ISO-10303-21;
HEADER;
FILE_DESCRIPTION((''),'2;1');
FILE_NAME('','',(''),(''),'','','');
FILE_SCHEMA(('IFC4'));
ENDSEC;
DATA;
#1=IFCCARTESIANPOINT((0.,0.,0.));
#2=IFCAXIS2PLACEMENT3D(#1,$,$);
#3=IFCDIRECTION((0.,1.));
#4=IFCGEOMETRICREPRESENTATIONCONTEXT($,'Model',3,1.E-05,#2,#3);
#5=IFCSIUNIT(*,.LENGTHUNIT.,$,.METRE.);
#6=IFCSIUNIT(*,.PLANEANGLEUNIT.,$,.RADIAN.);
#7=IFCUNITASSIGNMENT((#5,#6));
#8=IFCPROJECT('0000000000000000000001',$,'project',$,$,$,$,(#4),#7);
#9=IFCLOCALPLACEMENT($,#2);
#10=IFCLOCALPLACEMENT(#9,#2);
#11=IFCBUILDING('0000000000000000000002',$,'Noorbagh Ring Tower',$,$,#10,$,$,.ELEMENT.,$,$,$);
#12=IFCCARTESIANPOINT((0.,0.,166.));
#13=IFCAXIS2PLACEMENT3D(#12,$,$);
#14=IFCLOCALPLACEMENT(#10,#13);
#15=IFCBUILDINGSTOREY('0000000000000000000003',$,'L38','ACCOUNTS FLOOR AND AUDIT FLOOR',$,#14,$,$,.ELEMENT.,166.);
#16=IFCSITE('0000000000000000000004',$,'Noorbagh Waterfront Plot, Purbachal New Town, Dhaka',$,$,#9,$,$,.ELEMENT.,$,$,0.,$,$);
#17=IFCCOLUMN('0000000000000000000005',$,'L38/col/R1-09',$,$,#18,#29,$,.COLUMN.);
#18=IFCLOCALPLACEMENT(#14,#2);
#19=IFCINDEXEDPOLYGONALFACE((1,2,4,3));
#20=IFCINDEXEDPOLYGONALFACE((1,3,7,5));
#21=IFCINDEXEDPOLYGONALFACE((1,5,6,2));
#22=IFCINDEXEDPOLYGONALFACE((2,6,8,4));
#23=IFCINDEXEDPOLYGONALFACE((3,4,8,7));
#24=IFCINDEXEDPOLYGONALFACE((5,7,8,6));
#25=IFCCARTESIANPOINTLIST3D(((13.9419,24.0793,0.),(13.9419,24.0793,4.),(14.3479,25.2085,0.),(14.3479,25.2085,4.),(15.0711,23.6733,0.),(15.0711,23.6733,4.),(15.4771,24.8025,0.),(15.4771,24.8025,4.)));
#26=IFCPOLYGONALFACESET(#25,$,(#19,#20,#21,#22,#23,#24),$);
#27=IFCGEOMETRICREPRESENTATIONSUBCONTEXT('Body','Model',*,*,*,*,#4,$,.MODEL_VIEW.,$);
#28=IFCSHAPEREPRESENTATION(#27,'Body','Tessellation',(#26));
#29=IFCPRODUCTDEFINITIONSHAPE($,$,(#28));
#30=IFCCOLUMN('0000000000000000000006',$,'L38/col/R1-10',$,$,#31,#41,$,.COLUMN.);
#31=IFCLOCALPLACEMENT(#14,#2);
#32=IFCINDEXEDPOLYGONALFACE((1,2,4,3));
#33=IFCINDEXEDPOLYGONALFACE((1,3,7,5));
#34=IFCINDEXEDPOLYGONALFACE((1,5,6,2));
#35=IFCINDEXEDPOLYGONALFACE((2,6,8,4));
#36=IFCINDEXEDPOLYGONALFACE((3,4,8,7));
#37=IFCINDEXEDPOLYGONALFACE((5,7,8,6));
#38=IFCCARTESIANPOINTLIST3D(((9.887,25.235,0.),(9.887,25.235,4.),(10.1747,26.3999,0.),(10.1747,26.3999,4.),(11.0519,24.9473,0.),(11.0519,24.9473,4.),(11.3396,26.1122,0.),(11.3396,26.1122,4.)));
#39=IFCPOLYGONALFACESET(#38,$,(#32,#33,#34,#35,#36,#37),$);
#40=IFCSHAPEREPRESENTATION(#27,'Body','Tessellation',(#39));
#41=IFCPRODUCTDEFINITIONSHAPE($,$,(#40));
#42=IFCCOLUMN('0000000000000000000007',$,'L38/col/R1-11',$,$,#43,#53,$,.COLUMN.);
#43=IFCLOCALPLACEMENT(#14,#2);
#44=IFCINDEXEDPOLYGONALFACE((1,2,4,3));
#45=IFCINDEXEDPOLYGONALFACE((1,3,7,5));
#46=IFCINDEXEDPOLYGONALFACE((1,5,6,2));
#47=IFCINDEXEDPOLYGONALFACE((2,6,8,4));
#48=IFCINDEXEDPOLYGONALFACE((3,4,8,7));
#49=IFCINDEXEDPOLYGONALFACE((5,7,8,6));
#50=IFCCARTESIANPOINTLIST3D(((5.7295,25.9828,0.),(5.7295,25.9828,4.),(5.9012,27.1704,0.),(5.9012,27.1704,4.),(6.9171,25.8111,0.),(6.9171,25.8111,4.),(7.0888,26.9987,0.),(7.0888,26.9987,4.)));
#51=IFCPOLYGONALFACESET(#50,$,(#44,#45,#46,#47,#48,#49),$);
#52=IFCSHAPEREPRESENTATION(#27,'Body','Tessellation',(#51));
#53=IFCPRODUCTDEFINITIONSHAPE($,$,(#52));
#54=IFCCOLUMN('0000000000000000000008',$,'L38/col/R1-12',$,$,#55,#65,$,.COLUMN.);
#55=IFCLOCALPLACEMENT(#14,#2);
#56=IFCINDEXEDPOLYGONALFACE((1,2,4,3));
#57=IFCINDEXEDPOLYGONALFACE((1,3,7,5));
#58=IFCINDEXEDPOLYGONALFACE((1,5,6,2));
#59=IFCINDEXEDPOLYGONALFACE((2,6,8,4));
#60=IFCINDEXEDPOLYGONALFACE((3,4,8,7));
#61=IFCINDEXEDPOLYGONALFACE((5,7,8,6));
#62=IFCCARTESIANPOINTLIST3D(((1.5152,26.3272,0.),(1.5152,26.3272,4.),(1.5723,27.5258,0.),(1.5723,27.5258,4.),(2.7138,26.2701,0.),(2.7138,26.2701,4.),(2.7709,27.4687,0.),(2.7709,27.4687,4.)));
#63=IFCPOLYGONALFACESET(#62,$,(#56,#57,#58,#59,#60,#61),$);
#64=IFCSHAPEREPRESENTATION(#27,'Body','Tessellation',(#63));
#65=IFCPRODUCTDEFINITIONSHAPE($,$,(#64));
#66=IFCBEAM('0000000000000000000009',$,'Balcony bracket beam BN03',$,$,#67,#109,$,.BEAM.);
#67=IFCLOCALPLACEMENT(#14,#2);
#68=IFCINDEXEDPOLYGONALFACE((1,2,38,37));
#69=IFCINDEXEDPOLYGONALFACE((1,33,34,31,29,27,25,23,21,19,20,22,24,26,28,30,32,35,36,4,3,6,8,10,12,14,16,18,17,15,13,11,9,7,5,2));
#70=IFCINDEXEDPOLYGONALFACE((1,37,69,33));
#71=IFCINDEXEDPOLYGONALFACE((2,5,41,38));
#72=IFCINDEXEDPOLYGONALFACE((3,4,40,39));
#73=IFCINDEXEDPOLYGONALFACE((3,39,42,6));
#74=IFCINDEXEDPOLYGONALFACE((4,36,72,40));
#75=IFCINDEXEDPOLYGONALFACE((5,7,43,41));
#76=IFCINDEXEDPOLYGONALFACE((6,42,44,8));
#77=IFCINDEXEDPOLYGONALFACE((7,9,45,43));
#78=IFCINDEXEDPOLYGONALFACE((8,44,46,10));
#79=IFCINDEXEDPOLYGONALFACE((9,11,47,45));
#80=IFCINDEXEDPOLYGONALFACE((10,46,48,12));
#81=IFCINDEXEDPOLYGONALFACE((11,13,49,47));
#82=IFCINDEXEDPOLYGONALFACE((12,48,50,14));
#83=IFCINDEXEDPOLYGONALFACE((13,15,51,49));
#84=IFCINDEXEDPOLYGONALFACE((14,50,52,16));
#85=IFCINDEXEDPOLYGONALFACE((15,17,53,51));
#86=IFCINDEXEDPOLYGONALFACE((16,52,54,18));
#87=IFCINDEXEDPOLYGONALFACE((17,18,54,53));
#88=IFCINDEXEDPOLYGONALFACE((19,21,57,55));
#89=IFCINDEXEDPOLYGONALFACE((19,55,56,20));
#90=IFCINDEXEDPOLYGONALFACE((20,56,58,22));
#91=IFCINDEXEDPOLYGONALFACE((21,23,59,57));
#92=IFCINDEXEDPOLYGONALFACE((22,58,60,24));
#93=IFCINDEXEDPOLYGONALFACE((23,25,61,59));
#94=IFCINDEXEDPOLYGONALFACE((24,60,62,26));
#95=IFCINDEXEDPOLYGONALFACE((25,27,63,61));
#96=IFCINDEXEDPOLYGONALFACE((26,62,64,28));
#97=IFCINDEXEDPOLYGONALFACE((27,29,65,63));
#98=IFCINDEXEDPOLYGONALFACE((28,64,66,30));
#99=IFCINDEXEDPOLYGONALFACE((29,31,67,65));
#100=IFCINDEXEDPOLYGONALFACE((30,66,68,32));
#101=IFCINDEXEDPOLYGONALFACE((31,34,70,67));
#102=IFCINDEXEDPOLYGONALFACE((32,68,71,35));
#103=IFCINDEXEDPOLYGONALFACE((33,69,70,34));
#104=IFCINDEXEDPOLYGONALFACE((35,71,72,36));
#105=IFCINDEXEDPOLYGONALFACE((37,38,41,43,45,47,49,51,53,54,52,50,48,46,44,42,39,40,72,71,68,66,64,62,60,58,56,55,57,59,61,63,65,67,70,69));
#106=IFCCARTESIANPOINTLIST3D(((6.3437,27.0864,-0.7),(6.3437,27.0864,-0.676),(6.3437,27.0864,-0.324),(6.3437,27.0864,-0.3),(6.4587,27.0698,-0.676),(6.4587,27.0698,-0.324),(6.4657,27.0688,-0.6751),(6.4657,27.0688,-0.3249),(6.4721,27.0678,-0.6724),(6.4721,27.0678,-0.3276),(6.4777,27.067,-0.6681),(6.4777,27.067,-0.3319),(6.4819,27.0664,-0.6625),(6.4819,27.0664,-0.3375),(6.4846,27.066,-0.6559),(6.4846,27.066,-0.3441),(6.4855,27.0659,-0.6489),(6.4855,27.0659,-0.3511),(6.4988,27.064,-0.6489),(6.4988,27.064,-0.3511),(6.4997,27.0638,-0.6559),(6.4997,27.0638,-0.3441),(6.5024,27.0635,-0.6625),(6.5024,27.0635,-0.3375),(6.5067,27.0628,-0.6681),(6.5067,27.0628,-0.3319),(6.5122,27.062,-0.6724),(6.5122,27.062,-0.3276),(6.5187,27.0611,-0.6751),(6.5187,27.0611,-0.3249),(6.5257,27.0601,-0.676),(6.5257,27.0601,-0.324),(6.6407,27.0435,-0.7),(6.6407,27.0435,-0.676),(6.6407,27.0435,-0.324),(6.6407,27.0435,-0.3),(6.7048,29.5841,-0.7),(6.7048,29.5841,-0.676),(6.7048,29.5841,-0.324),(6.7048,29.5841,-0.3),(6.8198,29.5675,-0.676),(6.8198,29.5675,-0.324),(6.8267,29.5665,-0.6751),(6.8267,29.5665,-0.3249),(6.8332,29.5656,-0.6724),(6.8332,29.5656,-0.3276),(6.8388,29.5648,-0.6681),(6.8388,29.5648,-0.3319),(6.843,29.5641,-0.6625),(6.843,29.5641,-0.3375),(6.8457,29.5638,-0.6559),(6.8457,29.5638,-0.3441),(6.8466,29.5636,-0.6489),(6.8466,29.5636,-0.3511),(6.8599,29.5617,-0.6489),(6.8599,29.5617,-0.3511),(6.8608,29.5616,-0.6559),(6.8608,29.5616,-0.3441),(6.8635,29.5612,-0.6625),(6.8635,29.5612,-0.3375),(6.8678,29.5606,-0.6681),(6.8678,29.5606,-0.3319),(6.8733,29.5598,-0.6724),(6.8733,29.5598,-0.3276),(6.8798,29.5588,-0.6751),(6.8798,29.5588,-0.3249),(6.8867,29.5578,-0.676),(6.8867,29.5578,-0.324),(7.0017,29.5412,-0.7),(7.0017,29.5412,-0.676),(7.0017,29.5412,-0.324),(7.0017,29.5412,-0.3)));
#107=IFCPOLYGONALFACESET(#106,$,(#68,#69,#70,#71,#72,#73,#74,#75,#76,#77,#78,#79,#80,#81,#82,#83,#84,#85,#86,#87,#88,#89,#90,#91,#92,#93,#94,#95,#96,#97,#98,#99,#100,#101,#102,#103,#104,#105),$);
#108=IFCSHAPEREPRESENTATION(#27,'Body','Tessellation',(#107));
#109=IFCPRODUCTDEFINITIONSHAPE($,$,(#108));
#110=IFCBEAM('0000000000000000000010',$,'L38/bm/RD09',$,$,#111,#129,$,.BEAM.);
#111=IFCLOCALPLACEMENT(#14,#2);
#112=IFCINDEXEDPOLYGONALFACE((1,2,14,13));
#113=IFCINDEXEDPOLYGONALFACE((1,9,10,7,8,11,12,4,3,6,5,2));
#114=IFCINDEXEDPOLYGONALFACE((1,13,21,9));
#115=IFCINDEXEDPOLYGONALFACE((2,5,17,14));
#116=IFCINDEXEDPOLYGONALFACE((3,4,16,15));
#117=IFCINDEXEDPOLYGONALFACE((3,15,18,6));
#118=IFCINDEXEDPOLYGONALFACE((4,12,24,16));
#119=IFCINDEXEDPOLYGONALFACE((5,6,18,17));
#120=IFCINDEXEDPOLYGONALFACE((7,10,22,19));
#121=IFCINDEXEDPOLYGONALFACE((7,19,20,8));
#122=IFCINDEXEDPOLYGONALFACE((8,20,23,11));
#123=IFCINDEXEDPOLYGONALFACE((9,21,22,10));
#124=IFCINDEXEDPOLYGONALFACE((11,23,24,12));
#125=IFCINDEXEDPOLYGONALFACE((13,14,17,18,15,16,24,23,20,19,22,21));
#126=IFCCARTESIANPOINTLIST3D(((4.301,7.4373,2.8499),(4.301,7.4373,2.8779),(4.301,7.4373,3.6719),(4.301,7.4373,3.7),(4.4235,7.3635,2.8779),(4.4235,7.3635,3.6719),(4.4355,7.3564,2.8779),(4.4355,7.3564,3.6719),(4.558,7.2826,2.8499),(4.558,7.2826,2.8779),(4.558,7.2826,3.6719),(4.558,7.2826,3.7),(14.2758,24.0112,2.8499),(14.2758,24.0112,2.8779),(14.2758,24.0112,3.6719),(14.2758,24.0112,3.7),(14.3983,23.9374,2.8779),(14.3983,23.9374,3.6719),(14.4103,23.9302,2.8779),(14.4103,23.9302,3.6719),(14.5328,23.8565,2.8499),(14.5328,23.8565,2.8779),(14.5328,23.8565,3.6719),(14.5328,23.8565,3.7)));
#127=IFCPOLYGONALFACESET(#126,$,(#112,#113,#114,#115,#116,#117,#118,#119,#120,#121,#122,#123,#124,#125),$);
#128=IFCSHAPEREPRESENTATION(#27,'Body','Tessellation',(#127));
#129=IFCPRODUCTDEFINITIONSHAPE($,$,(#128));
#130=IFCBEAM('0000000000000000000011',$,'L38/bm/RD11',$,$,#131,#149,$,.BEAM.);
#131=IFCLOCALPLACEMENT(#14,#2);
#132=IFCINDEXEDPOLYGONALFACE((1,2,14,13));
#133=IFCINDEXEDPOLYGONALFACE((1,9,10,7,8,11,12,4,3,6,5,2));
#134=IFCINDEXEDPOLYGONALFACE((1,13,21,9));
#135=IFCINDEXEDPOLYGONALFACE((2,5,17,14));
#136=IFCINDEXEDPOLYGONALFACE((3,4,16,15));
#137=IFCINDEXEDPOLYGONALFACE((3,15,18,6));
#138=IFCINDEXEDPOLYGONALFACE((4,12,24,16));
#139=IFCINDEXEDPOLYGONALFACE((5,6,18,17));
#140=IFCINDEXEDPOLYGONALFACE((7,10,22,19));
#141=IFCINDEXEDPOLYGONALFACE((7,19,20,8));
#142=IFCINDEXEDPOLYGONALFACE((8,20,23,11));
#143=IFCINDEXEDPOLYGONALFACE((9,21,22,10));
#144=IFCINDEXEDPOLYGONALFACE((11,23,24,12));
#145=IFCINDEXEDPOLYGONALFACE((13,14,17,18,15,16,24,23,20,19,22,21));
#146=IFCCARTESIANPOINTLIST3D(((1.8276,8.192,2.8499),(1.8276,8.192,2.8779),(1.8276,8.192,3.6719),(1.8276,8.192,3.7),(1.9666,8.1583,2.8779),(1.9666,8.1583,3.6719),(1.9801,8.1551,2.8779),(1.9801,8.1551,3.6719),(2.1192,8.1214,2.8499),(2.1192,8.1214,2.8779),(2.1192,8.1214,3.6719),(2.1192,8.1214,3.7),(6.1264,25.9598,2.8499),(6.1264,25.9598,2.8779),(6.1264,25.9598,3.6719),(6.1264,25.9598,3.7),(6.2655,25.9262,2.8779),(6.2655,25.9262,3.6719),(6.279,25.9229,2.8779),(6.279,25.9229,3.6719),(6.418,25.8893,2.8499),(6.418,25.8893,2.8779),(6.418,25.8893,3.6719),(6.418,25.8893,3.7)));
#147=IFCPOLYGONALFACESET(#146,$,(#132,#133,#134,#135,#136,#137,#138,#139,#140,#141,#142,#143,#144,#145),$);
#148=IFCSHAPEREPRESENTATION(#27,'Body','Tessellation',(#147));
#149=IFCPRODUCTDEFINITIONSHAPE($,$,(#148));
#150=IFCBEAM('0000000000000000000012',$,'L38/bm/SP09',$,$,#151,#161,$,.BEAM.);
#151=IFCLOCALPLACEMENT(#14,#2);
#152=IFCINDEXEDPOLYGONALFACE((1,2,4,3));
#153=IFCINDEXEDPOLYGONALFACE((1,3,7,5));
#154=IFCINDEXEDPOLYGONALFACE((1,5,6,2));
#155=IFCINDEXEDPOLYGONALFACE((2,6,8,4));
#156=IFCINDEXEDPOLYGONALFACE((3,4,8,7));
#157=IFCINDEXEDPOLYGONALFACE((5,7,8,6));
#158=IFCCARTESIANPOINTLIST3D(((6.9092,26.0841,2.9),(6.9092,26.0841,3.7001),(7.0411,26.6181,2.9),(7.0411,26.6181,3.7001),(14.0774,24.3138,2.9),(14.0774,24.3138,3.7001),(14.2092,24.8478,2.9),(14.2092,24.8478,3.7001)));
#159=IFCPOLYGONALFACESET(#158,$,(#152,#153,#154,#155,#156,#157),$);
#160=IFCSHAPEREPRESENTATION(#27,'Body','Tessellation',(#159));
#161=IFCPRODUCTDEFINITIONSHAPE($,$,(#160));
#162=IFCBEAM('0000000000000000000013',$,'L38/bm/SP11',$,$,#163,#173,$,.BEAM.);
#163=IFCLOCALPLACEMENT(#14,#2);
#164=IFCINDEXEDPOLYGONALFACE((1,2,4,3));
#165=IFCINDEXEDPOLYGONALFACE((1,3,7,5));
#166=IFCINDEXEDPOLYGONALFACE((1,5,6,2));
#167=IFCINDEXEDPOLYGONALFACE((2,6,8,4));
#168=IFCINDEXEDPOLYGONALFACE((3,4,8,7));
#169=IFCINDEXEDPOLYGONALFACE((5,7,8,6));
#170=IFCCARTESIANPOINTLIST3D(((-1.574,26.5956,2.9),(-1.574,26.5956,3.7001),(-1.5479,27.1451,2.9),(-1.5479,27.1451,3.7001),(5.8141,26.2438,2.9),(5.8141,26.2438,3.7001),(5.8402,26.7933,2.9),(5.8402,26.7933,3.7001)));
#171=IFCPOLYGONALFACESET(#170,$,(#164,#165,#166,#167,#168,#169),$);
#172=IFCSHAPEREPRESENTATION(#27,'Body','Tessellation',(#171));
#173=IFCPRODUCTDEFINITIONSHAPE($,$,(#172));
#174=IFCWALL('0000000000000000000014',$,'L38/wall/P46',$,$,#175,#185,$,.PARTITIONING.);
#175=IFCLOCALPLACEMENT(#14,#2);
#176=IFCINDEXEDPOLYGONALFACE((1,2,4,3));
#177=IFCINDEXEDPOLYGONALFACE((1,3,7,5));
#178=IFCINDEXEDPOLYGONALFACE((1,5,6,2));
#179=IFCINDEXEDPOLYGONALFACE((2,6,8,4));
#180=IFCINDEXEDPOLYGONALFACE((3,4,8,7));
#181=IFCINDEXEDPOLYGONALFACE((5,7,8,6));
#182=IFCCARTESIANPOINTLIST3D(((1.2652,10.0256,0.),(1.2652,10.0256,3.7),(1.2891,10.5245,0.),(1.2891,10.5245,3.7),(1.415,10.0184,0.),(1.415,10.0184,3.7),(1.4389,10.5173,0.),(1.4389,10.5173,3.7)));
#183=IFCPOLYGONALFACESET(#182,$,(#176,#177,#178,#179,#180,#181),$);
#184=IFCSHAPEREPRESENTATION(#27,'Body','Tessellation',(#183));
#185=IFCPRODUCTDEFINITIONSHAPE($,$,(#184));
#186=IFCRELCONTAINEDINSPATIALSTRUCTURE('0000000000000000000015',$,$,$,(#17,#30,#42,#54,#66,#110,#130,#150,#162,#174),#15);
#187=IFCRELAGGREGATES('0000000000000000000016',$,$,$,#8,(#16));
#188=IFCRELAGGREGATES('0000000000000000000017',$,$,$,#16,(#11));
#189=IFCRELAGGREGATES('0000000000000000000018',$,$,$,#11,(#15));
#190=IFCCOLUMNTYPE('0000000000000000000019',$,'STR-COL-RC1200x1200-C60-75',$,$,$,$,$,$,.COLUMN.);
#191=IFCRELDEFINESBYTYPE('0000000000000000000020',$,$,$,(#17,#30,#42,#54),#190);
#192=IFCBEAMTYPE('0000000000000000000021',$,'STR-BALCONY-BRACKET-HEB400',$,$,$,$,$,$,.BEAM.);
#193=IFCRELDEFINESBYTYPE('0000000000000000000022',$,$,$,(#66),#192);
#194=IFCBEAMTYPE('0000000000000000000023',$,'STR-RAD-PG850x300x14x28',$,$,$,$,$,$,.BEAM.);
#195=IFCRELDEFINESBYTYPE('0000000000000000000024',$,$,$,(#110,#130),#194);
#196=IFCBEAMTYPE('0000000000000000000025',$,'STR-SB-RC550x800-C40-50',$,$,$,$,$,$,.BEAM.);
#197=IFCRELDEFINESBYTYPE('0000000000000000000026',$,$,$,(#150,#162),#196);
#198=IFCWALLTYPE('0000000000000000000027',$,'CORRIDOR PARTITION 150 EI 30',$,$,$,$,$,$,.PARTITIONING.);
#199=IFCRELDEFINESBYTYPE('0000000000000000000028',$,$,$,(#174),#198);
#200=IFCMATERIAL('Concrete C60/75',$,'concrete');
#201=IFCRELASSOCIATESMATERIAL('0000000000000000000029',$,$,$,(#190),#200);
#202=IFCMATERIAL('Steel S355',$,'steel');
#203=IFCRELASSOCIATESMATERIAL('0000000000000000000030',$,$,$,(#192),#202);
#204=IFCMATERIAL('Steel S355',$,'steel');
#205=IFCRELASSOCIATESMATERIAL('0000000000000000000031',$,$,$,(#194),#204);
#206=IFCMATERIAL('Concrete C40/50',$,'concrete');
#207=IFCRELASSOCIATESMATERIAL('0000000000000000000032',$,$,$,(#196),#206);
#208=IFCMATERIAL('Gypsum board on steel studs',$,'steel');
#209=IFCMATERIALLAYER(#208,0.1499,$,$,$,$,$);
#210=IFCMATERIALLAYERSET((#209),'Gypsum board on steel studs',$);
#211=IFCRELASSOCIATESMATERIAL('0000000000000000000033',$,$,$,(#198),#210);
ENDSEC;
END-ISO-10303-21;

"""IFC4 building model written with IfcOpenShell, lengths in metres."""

from ifc_helpers import new_model, si_unit, direction, frame, frame_2d, origin, origin_2d, place, context, subcontext, project, spatial, rectangle, i_section, extrude, material, layer, layer_set, material_profile, profile_set, type_object, element, save


model = new_model("IFC4")

# Units and contexts
model_context = context("Model", 3, precision=1e-05, world=origin(), true_north=direction((0.0, 1.0)))
body_context = subcontext(model_context, "Body", "Model", "MODEL_VIEW")
ifc_project = project(units=[si_unit("LENGTHUNIT", "METRE"), si_unit("PLANEANGLEUNIT", "RADIAN")], contexts=[model_context])

# Site, building, storey
site_placement = place(None, origin())
site = spatial("IfcSite", under=ifc_project, at=site_placement, Name="Noorbagh Waterfront Plot, Purbachal New Town, Dhaka", CompositionType="ELEMENT", RefElevation=0.0)
building_placement = place(site_placement, origin())
building = spatial("IfcBuilding", under=site, at=building_placement, Name="Noorbagh Ring Tower", CompositionType="ELEMENT")
storey_placement = place(building_placement, frame((0.0, 0.0, 166.0)))
storey = spatial("IfcBuildingStorey", under=building, at=storey_placement, Name="L38", Description="ACCOUNTS FLOOR AND AUDIT FLOOR", CompositionType="ELEMENT", Elevation=166.0)

# Columns
ifc_material_1 = material(Name="Concrete C60/75", Category="concrete")
ifc_material_profile_1 = material_profile(ifc_material_1, rectangle(XDim=1.2, YDim=1.2, at=origin_2d()), Name="RC1200x1200")
ifc_profile_set_1 = profile_set([ifc_material_profile_1], Name="Concrete C60/75")
column_type = type_object("IfcColumnType", Name="STR-COL-RC1200x1200-C60-75", PredefinedType="COLUMN", material=ifc_profile_set_1)
for number, where, z_axis, x_axis, name in (
    (1, (14.7095, 24.4409, 0.0), (0.0, 0.0, 1.0), (-0.941025, 0.338338, 0.0), "L38/col/R1-09"),
    (2, (10.6133, 25.6736, 0.0), (0.0, 0.0, 1.0), (-0.970829, 0.239771, 0.0), "L38/col/R1-10"),
    (3, (6.4092, 26.4907, 0.0), (0.0, 0.0, 1.0), (-0.989713, 0.143066, 0.0), "L38/col/R1-11"),
    (4, (2.1431, 26.8979, 0.0), (0.0, 0.0, 1.0), (-0.998869, 0.047553, 0.0), "L38/col/R1-12"),
):
    element("IfcColumn", number, at=place(storey_placement, frame(where, z_axis=z_axis, x_axis=x_axis)), inside=storey, type_object=column_type, Name=name, PredefinedType="COLUMN", context=body_context, shape_type="SweptSolid", body=[
        extrude(rectangle(XDim=1.2, YDim=1.2, at=origin_2d()), origin(), (0.0, 0.0, 1.0), 4.0),
    ])

# Beams
ifc_material_2 = material(Name="Steel S355", Category="steel")
ifc_material_profile_2 = material_profile(ifc_material_2, i_section(OverallWidth=0.3, OverallDepth=0.3999, WebThickness=0.0134, FlangeThickness=0.0239, FilletRadius=0.0271, at=origin_2d()), Name="HEB400")
ifc_profile_set_2 = profile_set([ifc_material_profile_2], Name="Steel S355")
beam_type_1 = type_object("IfcBeamType", Name="STR-BALCONY-BRACKET-HEB400", PredefinedType="BEAM", material=ifc_profile_set_2)
beam_1_placement = place(storey_placement, frame((6.4922, 27.0649, -0.5), z_axis=(0.143073, 0.989712, 0.0), x_axis=(-0.989712, 0.143073, 0.0)))
element("IfcBeam", 5, at=beam_1_placement, inside=storey, type_object=beam_type_1, Name="Balcony bracket beam BN03", PredefinedType="BEAM", context=body_context, shape_type="SweptSolid", body=[
    extrude(i_section(OverallWidth=0.3, OverallDepth=0.3999, WebThickness=0.0134, FlangeThickness=0.0239, FilletRadius=0.0271, at=origin_2d()), origin(), (0.0, 0.0, 1.0), 2.5237),
])
ifc_material_3 = material(Name="Steel S355", Category="steel")
ifc_material_profile_3 = material_profile(ifc_material_3, i_section(OverallWidth=0.3, OverallDepth=0.8501, WebThickness=0.0139, FlangeThickness=0.0281, at=origin_2d()), Name="PG850x300x14x28")
ifc_profile_set_3 = profile_set([ifc_material_profile_3], Name="Steel S355")
beam_type_2 = type_object("IfcBeamType", Name="STR-RAD-PG850x300x14x28", PredefinedType="BEAM", material=ifc_profile_set_3)
beam_2_placement = place(storey_placement, frame((14.4043, 23.9338, 3.2749), z_axis=(-0.515653, -0.856797, 0.0), x_axis=(0.856797, -0.515653, 0.0)))
element("IfcBeam", 6, at=beam_2_placement, inside=storey, type_object=beam_type_2, Name="L38/bm/RD09", PredefinedType="BEAM", context=body_context, shape_type="SweptSolid", body=[
    extrude(i_section(OverallWidth=0.3, OverallDepth=0.8501, WebThickness=0.0139, FlangeThickness=0.0281, at=origin_2d()), origin(), (0.0, 0.0, 1.0), 19.344),
])
beam_3_placement = place(storey_placement, frame((6.2722, 25.9246, 3.2749), z_axis=(-0.23516, -0.971957, 0.0), x_axis=(0.971957, -0.23516, 0.0)))
element("IfcBeam", 7, at=beam_3_placement, inside=storey, type_object=beam_type_2, Name="L38/bm/RD11", PredefinedType="BEAM", context=body_context, shape_type="SweptSolid", body=[
    extrude(i_section(OverallWidth=0.3, OverallDepth=0.8501, WebThickness=0.0139, FlangeThickness=0.0281, at=origin_2d()), origin(), (0.0, 0.0, 1.0), 18.2805),
])
ifc_material_4 = material(Name="Concrete C40/50", Category="concrete")
ifc_material_profile_4 = material_profile(ifc_material_4, rectangle(XDim=0.55, YDim=0.8, at=origin_2d()), Name="RC550x800")
ifc_profile_set_4 = profile_set([ifc_material_profile_4], Name="Concrete C40/50")
beam_type_3 = type_object("IfcBeamType", Name="STR-SB-RC550x800-C40-50", PredefinedType="BEAM", material=ifc_profile_set_4)
beam_4_placement = place(storey_placement, frame((14.1433, 24.5808, 3.3), z_axis=(-0.970833, 0.239757, 0.0), x_axis=(-0.239757, -0.970833, 0.0)))
element("IfcBeam", 8, at=beam_4_placement, inside=storey, type_object=beam_type_3, Name="L38/bm/SP09", PredefinedType="BEAM", context=body_context, shape_type="SweptSolid", body=[
    extrude(rectangle(XDim=0.55, YDim=0.8, at=origin_2d()), origin(), (0.0, 0.0, 1.0), 7.3835),
])
beam_5_placement = place(storey_placement, frame((5.8271, 26.5186, 3.3), z_axis=(-0.998868, 0.047564, 0.0), x_axis=(-0.047564, -0.998868, 0.0)))
element("IfcBeam", 9, at=beam_5_placement, inside=storey, type_object=beam_type_3, Name="L38/bm/SP11", PredefinedType="BEAM", context=body_context, shape_type="SweptSolid", body=[
    extrude(rectangle(XDim=0.55, YDim=0.8, at=origin_2d()), origin(), (0.0, 0.0, 1.0), 7.3965),
])

# Wall
ifc_material_5 = material(Name="Gypsum board on steel studs", Category="steel")
ifc_layer_1 = layer(ifc_material_5, 0.1499)
ifc_layer_set_1 = layer_set([ifc_layer_1], Name="Gypsum board on steel studs")
wall_type_1 = type_object("IfcWallType", Name="CORRIDOR PARTITION 150 EI 30", PredefinedType="PARTITIONING", material=ifc_layer_set_1)
wall_1_placement = place(storey_placement, frame((1.3401, 10.022, 0.0), z_axis=(0.0, 0.0, 1.0), x_axis=(0.04789, 0.998853, 0.0)))
element("IfcWall", 10, at=wall_1_placement, inside=storey, type_object=wall_type_1, Name="L38/wall/P46", PredefinedType="PARTITIONING", context=body_context, shape_type="SweptSolid", body=[
    extrude(rectangle(XDim=0.4995, YDim=0.1499, at=frame_2d((0.2498, 0.0))), origin(), (0.0, 0.0, 1.0), 3.7),
])

save(model, "model.ifc")
